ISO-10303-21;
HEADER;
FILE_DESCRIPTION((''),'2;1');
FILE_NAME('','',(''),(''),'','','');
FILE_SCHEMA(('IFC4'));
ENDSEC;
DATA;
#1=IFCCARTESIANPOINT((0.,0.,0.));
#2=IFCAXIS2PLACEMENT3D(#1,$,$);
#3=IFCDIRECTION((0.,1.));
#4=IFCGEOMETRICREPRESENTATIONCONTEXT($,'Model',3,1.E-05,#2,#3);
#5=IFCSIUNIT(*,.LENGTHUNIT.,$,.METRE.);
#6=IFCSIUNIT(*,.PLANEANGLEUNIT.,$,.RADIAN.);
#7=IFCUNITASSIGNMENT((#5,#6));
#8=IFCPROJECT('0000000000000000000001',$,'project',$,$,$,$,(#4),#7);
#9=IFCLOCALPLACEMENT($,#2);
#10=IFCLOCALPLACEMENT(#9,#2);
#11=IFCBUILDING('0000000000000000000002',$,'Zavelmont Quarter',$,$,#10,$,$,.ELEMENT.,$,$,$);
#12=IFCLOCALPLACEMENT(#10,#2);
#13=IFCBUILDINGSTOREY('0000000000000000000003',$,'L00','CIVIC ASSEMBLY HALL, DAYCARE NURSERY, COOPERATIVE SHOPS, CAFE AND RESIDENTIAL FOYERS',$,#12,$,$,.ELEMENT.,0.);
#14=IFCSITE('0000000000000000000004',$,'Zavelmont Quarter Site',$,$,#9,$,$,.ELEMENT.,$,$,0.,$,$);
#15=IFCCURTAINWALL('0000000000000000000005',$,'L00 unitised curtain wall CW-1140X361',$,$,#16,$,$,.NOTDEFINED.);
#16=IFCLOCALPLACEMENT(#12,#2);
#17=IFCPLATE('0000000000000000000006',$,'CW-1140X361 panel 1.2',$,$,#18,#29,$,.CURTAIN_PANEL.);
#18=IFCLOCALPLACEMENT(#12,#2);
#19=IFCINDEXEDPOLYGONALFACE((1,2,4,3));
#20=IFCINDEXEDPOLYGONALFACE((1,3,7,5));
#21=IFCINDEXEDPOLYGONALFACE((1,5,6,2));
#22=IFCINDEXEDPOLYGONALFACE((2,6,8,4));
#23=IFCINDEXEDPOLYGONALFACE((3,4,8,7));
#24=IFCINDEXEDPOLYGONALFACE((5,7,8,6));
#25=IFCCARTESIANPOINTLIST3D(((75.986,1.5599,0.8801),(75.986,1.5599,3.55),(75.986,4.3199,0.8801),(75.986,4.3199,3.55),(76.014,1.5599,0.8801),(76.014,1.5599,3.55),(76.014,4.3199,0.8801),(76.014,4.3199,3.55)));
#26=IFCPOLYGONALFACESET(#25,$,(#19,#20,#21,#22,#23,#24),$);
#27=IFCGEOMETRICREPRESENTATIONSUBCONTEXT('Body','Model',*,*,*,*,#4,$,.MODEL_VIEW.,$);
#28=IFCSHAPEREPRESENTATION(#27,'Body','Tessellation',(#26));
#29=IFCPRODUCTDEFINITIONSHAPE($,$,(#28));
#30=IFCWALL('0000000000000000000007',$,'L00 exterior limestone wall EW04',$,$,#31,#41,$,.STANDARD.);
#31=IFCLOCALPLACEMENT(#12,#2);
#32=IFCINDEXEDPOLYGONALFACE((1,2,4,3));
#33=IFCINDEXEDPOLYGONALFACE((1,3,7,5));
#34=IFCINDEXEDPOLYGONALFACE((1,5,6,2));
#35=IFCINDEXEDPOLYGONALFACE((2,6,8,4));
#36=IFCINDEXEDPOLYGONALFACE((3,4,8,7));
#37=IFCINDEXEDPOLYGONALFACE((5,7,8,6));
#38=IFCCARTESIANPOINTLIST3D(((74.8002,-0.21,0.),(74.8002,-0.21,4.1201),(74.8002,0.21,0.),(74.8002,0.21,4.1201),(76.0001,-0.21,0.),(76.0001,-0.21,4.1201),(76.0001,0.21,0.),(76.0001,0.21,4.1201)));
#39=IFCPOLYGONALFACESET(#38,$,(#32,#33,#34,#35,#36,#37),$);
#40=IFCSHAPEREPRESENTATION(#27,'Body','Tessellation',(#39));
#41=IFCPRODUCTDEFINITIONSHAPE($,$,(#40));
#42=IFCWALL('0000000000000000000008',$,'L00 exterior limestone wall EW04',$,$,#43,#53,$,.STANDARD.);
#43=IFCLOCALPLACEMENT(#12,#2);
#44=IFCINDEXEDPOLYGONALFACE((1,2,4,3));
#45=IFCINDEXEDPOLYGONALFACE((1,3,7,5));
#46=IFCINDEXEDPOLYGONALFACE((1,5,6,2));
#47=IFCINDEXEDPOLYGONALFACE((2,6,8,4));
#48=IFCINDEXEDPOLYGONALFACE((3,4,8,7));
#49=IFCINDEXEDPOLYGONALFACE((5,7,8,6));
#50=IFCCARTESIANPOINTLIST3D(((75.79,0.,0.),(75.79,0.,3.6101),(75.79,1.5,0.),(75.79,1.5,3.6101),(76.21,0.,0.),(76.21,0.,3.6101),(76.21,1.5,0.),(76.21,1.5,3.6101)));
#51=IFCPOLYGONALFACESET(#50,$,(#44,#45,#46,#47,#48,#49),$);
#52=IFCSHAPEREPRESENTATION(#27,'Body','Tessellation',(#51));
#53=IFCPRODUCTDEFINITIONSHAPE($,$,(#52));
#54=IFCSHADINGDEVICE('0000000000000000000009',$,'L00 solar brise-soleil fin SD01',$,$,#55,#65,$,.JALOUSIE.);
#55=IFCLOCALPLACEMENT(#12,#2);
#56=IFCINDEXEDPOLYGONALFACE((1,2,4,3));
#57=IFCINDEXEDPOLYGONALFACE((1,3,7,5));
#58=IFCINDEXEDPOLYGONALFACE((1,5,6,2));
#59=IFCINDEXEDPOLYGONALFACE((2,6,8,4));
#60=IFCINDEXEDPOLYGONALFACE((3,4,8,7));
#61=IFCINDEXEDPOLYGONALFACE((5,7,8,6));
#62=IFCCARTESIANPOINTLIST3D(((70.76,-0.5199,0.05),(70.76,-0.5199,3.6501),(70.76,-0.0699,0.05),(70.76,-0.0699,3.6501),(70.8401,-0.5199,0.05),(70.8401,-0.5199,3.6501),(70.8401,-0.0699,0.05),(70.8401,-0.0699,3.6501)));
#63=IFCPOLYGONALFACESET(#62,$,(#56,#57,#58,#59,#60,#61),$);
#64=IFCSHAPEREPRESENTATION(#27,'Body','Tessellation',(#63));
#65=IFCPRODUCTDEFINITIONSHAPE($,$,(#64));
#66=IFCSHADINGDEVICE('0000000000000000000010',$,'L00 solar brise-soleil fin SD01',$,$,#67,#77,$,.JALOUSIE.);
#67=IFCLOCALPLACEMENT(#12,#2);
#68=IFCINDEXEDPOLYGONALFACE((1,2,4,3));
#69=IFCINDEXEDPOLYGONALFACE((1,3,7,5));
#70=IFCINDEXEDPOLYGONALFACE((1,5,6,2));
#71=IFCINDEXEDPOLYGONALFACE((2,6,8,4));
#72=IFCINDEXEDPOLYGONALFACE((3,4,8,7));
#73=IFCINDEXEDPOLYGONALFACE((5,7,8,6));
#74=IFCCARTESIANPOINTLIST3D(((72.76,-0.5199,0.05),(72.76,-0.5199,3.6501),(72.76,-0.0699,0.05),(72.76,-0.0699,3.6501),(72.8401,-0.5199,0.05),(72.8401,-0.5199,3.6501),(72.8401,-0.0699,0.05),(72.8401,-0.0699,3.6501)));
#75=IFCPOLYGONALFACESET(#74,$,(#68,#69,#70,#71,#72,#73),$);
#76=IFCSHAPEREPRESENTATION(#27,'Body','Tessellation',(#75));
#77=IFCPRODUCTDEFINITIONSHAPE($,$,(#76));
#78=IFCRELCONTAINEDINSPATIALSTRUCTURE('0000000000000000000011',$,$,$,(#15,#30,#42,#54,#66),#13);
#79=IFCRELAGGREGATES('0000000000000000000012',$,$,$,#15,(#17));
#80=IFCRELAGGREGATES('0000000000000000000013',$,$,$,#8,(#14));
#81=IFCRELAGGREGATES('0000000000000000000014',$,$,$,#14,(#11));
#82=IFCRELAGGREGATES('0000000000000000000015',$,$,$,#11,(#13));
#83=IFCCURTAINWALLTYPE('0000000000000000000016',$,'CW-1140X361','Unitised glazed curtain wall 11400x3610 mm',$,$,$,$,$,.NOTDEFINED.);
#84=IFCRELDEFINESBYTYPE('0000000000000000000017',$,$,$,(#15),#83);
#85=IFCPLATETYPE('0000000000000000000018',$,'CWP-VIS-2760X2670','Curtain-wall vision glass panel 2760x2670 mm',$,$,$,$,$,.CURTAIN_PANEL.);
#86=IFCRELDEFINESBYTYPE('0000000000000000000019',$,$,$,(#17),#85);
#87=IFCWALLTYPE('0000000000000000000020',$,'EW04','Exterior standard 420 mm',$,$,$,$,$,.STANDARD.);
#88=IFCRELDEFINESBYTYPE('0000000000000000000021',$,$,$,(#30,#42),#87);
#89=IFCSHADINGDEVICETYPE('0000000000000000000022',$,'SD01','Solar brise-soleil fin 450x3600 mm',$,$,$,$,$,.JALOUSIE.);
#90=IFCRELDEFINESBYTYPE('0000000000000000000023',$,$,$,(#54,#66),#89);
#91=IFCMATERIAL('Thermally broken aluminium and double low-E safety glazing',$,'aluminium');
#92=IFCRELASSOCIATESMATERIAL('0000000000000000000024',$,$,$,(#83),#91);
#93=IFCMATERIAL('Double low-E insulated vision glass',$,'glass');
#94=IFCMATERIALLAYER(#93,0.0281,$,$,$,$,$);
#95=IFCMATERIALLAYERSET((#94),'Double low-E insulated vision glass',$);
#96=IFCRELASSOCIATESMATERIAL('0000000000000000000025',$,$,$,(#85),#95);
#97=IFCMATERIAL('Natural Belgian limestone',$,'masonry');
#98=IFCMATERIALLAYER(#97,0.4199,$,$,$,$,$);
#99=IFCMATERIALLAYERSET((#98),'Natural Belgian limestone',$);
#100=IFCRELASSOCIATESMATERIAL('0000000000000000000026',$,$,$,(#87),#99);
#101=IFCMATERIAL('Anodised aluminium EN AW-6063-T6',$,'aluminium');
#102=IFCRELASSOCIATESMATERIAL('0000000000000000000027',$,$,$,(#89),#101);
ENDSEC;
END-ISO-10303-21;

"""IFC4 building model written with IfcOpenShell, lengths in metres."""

from ifc_helpers import new_model, si_unit, direction, frame, frame_2d, origin, origin_2d, place, context, subcontext, project, spatial, rectangle, extrude, material, layer, layer_set, type_object, element, aggregate, save


model = new_model("IFC4")

# Units and contexts
model_context = context("Model", 3, precision=1e-05, world=origin(), true_north=direction((0.0, 1.0)))
body_context = subcontext(model_context, "Body", "Model", "MODEL_VIEW")
ifc_project = project(units=[si_unit("LENGTHUNIT", "METRE"), si_unit("PLANEANGLEUNIT", "RADIAN")], contexts=[model_context])

# Site, building, storey
site_placement = place(None, origin())
site = spatial("IfcSite", under=ifc_project, at=site_placement, Name="Zavelmont Quarter Site", CompositionType="ELEMENT", RefElevation=0.0)
building_placement = place(site_placement, origin())
building = spatial("IfcBuilding", under=site, at=building_placement, Name="Zavelmont Quarter", CompositionType="ELEMENT")
storey_placement = place(building_placement, origin())
storey = spatial("IfcBuildingStorey", under=building, at=storey_placement, Name="L00", Description="CIVIC ASSEMBLY HALL, DAYCARE NURSERY, COOPERATIVE SHOPS, CAFE AND RESIDENTIAL FOYERS", CompositionType="ELEMENT", Elevation=0.0)

# Shared definitions
ifc_material_1 = material(Name="Thermally broken aluminium and double low-E safety glazing", Category="aluminium")

# Curtain wall
curtain_wall_type_1 = type_object("IfcCurtainWallType", Name="CW-1140X361", Description="Unitised glazed curtain wall 11400x3610 mm", PredefinedType="NOTDEFINED", material=ifc_material_1)
curtain_wall_1_placement = place(storey_placement, origin())
curtain_wall_1 = element("IfcCurtainWall", 1, at=curtain_wall_1_placement, inside=storey, type_object=curtain_wall_type_1, Name="L00 unitised curtain wall CW-1140X361", PredefinedType="NOTDEFINED")

# Plate
ifc_material_2 = material(Name="Double low-E insulated vision glass", Category="glass")
ifc_layer_1 = layer(ifc_material_2, 0.0281)
ifc_layer_set_1 = layer_set([ifc_layer_1], Name="Double low-E insulated vision glass")
plate_type_1 = type_object("IfcPlateType", Name="CWP-VIS-2760X2670", Description="Curtain-wall vision glass panel 2760x2670 mm", PredefinedType="CURTAIN_PANEL", material=ifc_layer_set_1)
plate_1_placement = place(storey_placement, frame((76.0, 2.9399, 0.8801), z_axis=(0.0, 0.0, 1.0), x_axis=(0.0, 1.0, 0.0)))
plate_1 = element("IfcPlate", 2, at=plate_1_placement, type_object=plate_type_1, Name="CW-1140X361 panel 1.2", PredefinedType="CURTAIN_PANEL", context=body_context, shape_type="SweptSolid", body=[
    extrude(rectangle(XDim=2.76, YDim=0.0281, at=origin_2d()), origin(), (0.0, 0.0, 1.0), 2.6699),
])
aggregate(curtain_wall_1, [plate_1])

# Wall
ifc_material_3 = material(Name="Natural Belgian limestone", Category="masonry")
ifc_layer_2 = layer(ifc_material_3, 0.4199)
ifc_layer_set_2 = layer_set([ifc_layer_2], Name="Natural Belgian limestone")
wall_type = type_object("IfcWallType", Name="EW04", Description="Exterior standard 420 mm", PredefinedType="STANDARD", material=ifc_layer_set_2)
wall_1_placement = place(storey_placement, frame((74.8, 0.0, 0.0), z_axis=(0.0, 0.0, 1.0), x_axis=(1.0, 0.0, 0.0)))
element("IfcWall", 3, at=wall_1_placement, inside=storey, type_object=wall_type, Name="L00 exterior limestone wall EW04", PredefinedType="STANDARD", context=body_context, shape_type="SweptSolid", body=[
    extrude(rectangle(XDim=1.2, YDim=0.4199, at=frame_2d((0.6001, 0.0))), origin(), (0.0, 0.0, 1.0), 4.1201),
])

# Wall
wall_2_placement = place(storey_placement, frame((76.0, 0.0, 0.0), z_axis=(0.0, 0.0, 1.0), x_axis=(0.0, 1.0, 0.0)))
element("IfcWall", 4, at=wall_2_placement, inside=storey, type_object=wall_type, Name="L00 exterior limestone wall EW04", PredefinedType="STANDARD", context=body_context, shape_type="SweptSolid", body=[
    extrude(rectangle(XDim=1.5, YDim=0.4199, at=frame_2d((0.75, 0.0))), origin(), (0.0, 0.0, 1.0), 3.6101),
])

# Shading devices
ifc_material_4 = material(Name="Anodised aluminium EN AW-6063-T6", Category="aluminium")
shading_device_type = type_object("IfcShadingDeviceType", Name="SD01", Description="Solar brise-soleil fin 450x3600 mm", PredefinedType="JALOUSIE", material=ifc_material_4)
for number, where, z_axis, x_axis, name in (
    (5, (70.8, -0.2949, 0.05), (0.0, 0.0, 1.0), (1.0, 0.0, 0.0), "L00 solar brise-soleil fin SD01"),
    (6, (72.8, -0.2949, 0.05), (0.0, 0.0, 1.0), (1.0, 0.0, 0.0), "L00 solar brise-soleil fin SD01"),
):
    element("IfcShadingDevice", number, at=place(storey_placement, frame(where, z_axis=z_axis, x_axis=x_axis)), inside=storey, type_object=shading_device_type, Name=name, PredefinedType="JALOUSIE", context=body_context, shape_type="SweptSolid", body=[
        extrude(rectangle(XDim=0.0801, YDim=0.45, at=origin_2d()), origin(), (0.0, 0.0, 1.0), 3.6001),
    ])

save(model, "model.ifc")
